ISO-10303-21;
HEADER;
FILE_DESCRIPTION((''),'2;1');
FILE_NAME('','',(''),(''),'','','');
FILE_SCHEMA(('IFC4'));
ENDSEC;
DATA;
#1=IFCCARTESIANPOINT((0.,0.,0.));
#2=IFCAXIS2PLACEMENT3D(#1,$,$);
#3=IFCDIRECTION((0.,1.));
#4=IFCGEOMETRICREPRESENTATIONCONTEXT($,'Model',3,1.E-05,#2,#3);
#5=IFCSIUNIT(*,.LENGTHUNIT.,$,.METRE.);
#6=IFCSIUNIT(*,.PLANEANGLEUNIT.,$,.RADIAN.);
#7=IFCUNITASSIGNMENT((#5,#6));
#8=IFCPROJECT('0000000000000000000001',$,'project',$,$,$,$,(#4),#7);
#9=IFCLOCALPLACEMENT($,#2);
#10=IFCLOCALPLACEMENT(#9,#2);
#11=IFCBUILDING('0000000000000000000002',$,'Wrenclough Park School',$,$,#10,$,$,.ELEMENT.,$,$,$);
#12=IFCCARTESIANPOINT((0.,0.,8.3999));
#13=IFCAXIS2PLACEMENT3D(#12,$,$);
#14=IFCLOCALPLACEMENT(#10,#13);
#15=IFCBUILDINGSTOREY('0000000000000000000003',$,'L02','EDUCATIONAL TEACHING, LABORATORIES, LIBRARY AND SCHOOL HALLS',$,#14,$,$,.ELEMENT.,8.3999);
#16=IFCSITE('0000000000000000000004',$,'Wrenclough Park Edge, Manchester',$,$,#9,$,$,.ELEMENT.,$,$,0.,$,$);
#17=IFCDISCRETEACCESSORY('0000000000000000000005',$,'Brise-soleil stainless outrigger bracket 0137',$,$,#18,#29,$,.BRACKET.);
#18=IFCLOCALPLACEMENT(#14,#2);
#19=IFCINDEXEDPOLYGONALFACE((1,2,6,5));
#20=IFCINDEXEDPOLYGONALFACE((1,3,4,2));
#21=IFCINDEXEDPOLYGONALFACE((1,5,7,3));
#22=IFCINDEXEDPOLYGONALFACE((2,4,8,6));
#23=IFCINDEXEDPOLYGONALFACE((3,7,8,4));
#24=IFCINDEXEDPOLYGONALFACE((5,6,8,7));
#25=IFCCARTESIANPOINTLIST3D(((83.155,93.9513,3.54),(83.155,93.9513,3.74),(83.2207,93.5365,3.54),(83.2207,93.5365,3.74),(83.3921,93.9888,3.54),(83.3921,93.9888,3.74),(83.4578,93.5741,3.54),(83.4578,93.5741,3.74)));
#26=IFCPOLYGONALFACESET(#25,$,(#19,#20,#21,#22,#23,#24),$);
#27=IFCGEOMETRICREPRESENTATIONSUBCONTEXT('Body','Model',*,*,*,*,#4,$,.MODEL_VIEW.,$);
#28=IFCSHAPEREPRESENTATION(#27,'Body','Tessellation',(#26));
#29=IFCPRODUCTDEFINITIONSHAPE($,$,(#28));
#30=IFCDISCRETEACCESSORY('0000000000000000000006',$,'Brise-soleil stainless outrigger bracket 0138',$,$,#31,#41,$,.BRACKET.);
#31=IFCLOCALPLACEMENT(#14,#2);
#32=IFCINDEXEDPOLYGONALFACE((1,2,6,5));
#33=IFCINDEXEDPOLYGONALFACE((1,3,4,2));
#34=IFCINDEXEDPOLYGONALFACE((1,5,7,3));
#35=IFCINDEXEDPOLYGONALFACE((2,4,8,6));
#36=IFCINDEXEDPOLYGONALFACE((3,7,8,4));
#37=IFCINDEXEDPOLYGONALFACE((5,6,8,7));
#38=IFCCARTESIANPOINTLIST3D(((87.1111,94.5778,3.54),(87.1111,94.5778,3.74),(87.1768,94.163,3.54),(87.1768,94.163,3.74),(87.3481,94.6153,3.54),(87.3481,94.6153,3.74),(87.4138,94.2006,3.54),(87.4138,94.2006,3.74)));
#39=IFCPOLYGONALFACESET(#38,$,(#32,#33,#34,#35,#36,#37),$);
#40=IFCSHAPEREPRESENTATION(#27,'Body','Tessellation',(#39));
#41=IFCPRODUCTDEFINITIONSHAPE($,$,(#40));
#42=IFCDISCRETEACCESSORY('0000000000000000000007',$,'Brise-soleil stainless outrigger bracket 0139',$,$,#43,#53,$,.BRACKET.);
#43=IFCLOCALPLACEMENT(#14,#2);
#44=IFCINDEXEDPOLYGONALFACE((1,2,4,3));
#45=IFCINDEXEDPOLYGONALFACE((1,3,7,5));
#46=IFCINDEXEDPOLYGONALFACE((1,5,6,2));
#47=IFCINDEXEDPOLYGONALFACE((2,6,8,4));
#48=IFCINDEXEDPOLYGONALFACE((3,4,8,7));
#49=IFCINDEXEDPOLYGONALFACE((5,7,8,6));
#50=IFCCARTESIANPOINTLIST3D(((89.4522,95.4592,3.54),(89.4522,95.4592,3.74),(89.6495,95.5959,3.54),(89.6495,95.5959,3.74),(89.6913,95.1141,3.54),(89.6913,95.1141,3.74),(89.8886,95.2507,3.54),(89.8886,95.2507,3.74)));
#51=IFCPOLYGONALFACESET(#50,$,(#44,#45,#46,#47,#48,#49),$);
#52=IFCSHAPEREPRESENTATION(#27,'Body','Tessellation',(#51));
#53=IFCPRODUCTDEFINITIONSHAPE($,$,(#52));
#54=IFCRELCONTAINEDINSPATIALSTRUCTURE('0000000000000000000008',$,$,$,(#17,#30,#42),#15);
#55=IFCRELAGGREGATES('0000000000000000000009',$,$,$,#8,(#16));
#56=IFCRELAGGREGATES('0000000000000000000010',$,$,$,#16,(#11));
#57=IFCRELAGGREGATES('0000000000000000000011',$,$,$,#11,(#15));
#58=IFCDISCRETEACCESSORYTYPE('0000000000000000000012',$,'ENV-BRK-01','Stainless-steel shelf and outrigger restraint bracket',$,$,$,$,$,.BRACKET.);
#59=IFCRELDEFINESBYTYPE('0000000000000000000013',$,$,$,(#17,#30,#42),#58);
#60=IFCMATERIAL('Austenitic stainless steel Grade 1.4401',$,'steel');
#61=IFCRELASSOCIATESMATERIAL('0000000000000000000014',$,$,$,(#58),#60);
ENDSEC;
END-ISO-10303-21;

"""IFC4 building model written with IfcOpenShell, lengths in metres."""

from ifc_helpers import new_model, si_unit, direction, frame, origin, origin_2d, place, context, subcontext, project, spatial, rectangle, extrude, material, type_object, element, save


model = new_model("IFC4")

# Units and contexts
model_context = context("Model", 3, precision=1e-05, world=origin(), true_north=direction((0.0, 1.0)))
body_context = subcontext(model_context, "Body", "Model", "MODEL_VIEW")
ifc_project = project(units=[si_unit("LENGTHUNIT", "METRE"), si_unit("PLANEANGLEUNIT", "RADIAN")], contexts=[model_context])

# Site, building, storey
site_placement = place(None, origin())
site = spatial("IfcSite", under=ifc_project, at=site_placement, Name="Wrenclough Park Edge, Manchester", CompositionType="ELEMENT", RefElevation=0.0)
building_placement = place(site_placement, origin())
building = spatial("IfcBuilding", under=site, at=building_placement, Name="Wrenclough Park School", CompositionType="ELEMENT")
storey_placement = place(building_placement, frame((0.0, 0.0, 8.3999)))
storey = spatial("IfcBuildingStorey", under=building, at=storey_placement, Name="L02", Description="EDUCATIONAL TEACHING, LABORATORIES, LIBRARY AND SCHOOL HALLS", CompositionType="ELEMENT", Elevation=8.3999)

# Discrete accessories
ifc_material_1 = material(Name="Austenitic stainless steel Grade 1.4401", Category="steel")
discrete_accessory_type = type_object("IfcDiscreteAccessoryType", Name="ENV-BRK-01", Description="Stainless-steel shelf and outrigger restraint bracket", PredefinedType="BRACKET", material=ifc_material_1)
for number, where, z_axis, x_axis, name in (
    (1, (83.3064, 93.7627, 3.54), (0.0, 0.0, 1.0), (0.987688, 0.156436, 0.0), "Brise-soleil stainless outrigger bracket 0137"),
    (2, (87.2625, 94.3892, 3.54), (0.0, 0.0, 1.0), (0.987688, 0.156436, 0.0), "Brise-soleil stainless outrigger bracket 0138"),
    (3, (89.6704, 95.355, 3.54), (0.0, 0.0, 1.0), (0.822008, 0.569476, 0.0), "Brise-soleil stainless outrigger bracket 0139"),
):
    element("IfcDiscreteAccessory", number, at=place(storey_placement, frame(where, z_axis=z_axis, x_axis=x_axis)), inside=storey, type_object=discrete_accessory_type, Name=name, PredefinedType="BRACKET", context=body_context, shape_type="SweptSolid", body=[
        extrude(rectangle(XDim=0.24, YDim=0.4199, at=origin_2d()), origin(), (0.0, 0.0, 1.0), 0.2),
    ])

save(model, "model.ifc")
